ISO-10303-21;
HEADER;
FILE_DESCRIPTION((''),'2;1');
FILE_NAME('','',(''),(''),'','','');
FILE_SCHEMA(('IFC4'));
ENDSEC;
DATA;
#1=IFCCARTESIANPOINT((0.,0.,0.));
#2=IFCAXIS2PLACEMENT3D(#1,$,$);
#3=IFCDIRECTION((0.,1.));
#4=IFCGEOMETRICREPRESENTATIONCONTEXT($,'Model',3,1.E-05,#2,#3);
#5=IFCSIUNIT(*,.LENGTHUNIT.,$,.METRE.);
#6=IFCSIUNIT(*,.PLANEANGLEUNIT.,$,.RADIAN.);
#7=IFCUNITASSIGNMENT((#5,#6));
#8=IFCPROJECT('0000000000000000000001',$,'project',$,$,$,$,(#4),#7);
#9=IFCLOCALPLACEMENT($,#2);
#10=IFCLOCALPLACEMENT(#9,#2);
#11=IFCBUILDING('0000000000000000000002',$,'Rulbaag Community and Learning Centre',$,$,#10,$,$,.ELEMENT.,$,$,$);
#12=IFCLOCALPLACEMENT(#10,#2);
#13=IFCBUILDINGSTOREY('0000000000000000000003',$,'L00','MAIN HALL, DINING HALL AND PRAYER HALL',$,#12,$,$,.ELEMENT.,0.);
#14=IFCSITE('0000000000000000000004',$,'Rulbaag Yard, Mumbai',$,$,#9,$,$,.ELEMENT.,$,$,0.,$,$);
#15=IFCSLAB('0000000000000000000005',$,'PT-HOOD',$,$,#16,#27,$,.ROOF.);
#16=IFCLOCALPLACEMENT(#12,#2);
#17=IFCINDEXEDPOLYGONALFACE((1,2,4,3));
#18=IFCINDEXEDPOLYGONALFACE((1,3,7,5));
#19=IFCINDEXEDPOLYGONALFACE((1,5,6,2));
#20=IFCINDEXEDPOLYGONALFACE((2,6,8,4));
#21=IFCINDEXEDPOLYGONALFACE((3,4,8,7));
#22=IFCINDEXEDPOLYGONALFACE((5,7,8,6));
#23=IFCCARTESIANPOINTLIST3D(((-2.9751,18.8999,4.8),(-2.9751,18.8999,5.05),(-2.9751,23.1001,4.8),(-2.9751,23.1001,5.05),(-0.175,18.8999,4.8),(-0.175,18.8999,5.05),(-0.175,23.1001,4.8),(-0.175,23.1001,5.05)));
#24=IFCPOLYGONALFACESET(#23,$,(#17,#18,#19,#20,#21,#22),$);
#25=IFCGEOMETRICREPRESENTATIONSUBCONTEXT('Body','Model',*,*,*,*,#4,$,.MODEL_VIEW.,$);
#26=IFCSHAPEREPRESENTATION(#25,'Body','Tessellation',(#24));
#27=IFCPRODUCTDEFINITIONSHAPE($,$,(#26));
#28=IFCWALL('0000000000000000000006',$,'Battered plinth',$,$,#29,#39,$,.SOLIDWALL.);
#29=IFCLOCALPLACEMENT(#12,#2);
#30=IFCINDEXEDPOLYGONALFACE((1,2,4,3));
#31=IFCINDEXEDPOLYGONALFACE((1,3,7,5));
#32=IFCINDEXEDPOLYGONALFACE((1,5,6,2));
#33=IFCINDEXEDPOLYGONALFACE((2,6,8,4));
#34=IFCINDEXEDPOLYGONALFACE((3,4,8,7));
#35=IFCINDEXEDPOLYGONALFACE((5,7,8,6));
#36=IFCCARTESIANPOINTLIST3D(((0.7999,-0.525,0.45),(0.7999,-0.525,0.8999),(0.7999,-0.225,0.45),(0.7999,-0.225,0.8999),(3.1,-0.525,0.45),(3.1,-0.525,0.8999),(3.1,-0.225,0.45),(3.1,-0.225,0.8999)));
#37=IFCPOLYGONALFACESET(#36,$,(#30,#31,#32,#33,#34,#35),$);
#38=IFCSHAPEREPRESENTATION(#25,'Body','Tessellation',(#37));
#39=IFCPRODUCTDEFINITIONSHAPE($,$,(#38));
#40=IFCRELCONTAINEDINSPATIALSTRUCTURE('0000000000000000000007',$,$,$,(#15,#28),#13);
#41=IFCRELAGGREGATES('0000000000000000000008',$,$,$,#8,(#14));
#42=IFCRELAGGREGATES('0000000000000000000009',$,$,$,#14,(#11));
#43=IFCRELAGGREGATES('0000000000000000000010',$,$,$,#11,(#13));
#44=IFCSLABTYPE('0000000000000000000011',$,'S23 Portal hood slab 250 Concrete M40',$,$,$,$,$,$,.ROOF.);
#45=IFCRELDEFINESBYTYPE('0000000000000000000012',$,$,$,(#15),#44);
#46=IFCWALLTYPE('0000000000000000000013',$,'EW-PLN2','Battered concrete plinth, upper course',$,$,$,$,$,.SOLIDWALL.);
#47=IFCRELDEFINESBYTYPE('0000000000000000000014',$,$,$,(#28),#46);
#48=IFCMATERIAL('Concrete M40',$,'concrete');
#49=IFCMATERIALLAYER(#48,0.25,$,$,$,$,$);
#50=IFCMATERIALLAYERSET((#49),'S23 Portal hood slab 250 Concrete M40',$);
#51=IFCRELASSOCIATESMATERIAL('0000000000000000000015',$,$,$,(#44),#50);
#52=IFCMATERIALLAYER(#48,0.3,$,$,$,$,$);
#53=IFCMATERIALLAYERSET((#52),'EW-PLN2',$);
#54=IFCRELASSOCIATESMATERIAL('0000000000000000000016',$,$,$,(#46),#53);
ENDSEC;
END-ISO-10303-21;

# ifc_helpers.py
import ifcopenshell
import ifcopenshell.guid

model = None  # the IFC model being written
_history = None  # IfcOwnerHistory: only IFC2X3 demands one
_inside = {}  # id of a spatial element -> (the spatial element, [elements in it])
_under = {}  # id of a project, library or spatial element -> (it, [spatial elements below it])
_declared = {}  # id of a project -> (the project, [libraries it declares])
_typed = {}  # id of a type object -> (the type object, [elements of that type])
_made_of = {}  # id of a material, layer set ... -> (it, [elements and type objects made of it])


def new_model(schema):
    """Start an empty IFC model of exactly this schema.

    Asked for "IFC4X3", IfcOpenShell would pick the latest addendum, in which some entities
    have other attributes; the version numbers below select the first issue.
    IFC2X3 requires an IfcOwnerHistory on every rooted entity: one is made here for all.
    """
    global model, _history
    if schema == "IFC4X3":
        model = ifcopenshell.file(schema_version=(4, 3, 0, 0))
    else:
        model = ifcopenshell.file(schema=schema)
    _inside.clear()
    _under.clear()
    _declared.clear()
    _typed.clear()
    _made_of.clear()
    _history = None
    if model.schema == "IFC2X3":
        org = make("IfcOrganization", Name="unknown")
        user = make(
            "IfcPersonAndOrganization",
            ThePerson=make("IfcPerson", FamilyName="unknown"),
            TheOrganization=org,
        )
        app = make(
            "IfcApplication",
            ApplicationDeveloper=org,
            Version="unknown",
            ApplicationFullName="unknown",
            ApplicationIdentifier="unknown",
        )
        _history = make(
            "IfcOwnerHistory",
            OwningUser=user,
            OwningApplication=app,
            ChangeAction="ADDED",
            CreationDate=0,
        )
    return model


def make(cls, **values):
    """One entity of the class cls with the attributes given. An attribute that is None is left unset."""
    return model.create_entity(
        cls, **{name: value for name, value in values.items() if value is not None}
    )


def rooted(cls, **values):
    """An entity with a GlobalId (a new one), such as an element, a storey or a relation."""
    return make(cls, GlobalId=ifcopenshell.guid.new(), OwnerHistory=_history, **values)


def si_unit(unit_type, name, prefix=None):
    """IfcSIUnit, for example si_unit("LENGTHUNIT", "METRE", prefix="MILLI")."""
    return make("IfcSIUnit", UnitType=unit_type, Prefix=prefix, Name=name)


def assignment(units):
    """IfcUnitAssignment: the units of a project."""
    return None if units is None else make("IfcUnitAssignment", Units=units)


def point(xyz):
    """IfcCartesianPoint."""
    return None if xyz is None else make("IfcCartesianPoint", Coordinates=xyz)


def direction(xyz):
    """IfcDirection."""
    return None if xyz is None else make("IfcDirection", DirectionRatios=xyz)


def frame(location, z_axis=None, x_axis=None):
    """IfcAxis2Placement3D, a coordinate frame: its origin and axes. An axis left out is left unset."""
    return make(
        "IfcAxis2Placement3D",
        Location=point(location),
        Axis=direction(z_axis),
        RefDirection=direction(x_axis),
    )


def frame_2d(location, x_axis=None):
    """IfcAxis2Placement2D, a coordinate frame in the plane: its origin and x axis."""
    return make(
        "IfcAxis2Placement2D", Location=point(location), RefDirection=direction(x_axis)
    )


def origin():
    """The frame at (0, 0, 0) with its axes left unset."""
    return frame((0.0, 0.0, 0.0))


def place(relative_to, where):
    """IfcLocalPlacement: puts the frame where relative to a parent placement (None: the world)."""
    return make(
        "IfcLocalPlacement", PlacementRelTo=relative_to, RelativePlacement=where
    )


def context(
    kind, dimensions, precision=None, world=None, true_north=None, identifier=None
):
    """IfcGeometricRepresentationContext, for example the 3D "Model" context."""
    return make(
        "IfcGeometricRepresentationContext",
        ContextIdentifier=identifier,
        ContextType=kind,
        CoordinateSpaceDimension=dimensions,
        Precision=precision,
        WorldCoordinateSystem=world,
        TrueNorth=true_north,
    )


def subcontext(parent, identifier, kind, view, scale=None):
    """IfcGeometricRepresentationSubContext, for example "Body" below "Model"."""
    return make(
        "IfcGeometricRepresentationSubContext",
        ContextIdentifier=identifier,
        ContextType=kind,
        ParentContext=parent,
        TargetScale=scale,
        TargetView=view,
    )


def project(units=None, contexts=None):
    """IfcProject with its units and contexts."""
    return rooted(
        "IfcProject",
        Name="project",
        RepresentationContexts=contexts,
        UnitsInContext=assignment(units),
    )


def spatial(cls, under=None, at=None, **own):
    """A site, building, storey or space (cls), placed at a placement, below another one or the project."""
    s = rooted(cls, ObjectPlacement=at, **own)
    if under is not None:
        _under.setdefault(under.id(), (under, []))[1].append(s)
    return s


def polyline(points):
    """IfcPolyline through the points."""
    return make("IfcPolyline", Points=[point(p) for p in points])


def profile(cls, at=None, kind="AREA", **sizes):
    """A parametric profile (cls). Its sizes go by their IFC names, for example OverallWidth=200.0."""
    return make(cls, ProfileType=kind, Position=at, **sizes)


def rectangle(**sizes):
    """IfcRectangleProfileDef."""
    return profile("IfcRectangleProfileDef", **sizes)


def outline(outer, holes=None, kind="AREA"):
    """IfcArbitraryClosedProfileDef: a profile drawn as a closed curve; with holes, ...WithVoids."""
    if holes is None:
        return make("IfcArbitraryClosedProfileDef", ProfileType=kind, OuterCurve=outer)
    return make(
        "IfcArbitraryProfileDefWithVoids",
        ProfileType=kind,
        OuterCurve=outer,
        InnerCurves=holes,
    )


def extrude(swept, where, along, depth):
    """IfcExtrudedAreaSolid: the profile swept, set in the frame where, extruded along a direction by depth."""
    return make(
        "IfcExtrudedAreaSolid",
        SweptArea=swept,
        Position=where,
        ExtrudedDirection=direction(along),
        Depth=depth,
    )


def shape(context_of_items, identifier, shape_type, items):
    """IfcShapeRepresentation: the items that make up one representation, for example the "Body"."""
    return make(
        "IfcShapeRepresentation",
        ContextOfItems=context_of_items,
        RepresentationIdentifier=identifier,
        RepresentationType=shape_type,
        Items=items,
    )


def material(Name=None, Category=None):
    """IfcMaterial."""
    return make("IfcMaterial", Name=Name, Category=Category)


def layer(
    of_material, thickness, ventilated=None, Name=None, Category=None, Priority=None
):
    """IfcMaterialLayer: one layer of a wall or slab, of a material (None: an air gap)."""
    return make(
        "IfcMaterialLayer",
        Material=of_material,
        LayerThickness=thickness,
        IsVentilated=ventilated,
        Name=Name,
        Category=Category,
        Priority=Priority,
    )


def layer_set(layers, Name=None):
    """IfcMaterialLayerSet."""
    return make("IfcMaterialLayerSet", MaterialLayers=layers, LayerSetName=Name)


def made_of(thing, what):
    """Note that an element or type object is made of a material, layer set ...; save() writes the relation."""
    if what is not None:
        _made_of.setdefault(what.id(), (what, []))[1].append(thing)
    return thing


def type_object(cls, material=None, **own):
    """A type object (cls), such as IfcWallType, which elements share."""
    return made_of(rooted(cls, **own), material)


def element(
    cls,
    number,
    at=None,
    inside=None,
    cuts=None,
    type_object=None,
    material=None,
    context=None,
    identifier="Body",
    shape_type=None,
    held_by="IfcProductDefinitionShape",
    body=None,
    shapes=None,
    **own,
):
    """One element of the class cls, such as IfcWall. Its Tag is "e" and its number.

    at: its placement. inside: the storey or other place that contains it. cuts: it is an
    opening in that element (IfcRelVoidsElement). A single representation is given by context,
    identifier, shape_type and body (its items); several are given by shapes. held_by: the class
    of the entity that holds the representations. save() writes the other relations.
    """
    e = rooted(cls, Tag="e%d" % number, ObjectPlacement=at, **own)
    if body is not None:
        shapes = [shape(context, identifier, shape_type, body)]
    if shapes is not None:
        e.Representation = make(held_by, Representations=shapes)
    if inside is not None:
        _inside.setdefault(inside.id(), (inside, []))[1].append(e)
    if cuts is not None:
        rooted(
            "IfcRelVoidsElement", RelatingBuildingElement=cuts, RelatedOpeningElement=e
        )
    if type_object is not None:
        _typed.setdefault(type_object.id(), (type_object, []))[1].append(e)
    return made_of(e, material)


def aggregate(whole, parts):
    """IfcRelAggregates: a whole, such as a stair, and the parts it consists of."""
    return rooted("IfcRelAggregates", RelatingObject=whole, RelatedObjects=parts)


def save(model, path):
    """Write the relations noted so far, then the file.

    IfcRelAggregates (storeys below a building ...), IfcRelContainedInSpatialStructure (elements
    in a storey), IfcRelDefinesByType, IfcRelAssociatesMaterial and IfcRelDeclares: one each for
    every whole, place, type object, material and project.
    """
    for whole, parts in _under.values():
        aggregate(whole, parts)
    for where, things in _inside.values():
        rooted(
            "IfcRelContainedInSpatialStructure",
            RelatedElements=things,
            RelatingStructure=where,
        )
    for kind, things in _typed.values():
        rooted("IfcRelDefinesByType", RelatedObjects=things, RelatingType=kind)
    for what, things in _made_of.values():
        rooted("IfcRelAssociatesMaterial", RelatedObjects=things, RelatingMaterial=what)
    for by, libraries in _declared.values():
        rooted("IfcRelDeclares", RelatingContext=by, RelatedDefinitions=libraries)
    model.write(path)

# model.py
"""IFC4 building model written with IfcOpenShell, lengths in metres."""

from ifc_helpers import new_model, si_unit, direction, frame, frame_2d, origin, place, context, subcontext, project, spatial, polyline, rectangle, outline, extrude, material, layer, layer_set, type_object, element, save


model = new_model("IFC4")

# Units and contexts
model_context = context("Model", 3, precision=1e-05, world=origin(), true_north=direction((0.0, 1.0)))
body_context = subcontext(model_context, "Body", "Model", "MODEL_VIEW")
ifc_project = project(units=[si_unit("LENGTHUNIT", "METRE"), si_unit("PLANEANGLEUNIT", "RADIAN")], contexts=[model_context])

# Site, building, storey
site_placement = place(None, origin())
site = spatial("IfcSite", under=ifc_project, at=site_placement, Name="Rulbaag Yard, Mumbai", CompositionType="ELEMENT", RefElevation=0.0)
building_placement = place(site_placement, origin())
building = spatial("IfcBuilding", under=site, at=building_placement, Name="Rulbaag Community and Learning Centre", CompositionType="ELEMENT")
storey_placement = place(building_placement, origin())
storey = spatial("IfcBuildingStorey", under=building, at=storey_placement, Name="L00", Description="MAIN HALL, DINING HALL AND PRAYER HALL", CompositionType="ELEMENT", Elevation=0.0)

# Shared definitions
ifc_material = material(Name="Concrete M40", Category="concrete")

# Slab
ifc_layer_1 = layer(ifc_material, 0.25)
ifc_layer_set_1 = layer_set([ifc_layer_1], Name="S23 Portal hood slab 250 Concrete M40")
slab_type_1 = type_object("IfcSlabType", Name="S23 Portal hood slab 250 Concrete M40", PredefinedType="ROOF", material=ifc_layer_set_1)
slab_1_placement = place(storey_placement, frame((0.0, 0.0, 4.8)))
element("IfcSlab", 1, at=slab_1_placement, inside=storey, type_object=slab_type_1, Name="PT-HOOD", PredefinedType="ROOF", context=body_context, shape_type="SweptSolid", body=[
    extrude(outline(polyline([(-0.175, 18.8999), (-0.175, 23.1001), (-2.9751, 23.1001), (-2.9751, 18.8999), (-0.175, 18.8999)])), origin(), (0.0, 0.0, 1.0), 0.25),
])

# Wall
ifc_layer_2 = layer(ifc_material, 0.3)
ifc_layer_set_2 = layer_set([ifc_layer_2], Name="EW-PLN2")
wall_type = type_object("IfcWallType", Name="EW-PLN2", Description="Battered concrete plinth, upper course", PredefinedType="SOLIDWALL", material=ifc_layer_set_2)
wall_placement = place(storey_placement, frame((0.8, -0.375, 0.45), z_axis=(0.0, 0.0, 1.0), x_axis=(1.0, 0.0, 0.0)))
element("IfcWall", 2, at=wall_placement, inside=storey, type_object=wall_type, Name="Battered plinth", PredefinedType="SOLIDWALL", context=body_context, shape_type="SweptSolid", body=[
    extrude(rectangle(XDim=2.3, YDim=0.3, at=frame_2d((1.1499, 0.0))), origin(), (0.0, 0.0, 1.0), 0.45),
])

save(model, "model.ifc")
